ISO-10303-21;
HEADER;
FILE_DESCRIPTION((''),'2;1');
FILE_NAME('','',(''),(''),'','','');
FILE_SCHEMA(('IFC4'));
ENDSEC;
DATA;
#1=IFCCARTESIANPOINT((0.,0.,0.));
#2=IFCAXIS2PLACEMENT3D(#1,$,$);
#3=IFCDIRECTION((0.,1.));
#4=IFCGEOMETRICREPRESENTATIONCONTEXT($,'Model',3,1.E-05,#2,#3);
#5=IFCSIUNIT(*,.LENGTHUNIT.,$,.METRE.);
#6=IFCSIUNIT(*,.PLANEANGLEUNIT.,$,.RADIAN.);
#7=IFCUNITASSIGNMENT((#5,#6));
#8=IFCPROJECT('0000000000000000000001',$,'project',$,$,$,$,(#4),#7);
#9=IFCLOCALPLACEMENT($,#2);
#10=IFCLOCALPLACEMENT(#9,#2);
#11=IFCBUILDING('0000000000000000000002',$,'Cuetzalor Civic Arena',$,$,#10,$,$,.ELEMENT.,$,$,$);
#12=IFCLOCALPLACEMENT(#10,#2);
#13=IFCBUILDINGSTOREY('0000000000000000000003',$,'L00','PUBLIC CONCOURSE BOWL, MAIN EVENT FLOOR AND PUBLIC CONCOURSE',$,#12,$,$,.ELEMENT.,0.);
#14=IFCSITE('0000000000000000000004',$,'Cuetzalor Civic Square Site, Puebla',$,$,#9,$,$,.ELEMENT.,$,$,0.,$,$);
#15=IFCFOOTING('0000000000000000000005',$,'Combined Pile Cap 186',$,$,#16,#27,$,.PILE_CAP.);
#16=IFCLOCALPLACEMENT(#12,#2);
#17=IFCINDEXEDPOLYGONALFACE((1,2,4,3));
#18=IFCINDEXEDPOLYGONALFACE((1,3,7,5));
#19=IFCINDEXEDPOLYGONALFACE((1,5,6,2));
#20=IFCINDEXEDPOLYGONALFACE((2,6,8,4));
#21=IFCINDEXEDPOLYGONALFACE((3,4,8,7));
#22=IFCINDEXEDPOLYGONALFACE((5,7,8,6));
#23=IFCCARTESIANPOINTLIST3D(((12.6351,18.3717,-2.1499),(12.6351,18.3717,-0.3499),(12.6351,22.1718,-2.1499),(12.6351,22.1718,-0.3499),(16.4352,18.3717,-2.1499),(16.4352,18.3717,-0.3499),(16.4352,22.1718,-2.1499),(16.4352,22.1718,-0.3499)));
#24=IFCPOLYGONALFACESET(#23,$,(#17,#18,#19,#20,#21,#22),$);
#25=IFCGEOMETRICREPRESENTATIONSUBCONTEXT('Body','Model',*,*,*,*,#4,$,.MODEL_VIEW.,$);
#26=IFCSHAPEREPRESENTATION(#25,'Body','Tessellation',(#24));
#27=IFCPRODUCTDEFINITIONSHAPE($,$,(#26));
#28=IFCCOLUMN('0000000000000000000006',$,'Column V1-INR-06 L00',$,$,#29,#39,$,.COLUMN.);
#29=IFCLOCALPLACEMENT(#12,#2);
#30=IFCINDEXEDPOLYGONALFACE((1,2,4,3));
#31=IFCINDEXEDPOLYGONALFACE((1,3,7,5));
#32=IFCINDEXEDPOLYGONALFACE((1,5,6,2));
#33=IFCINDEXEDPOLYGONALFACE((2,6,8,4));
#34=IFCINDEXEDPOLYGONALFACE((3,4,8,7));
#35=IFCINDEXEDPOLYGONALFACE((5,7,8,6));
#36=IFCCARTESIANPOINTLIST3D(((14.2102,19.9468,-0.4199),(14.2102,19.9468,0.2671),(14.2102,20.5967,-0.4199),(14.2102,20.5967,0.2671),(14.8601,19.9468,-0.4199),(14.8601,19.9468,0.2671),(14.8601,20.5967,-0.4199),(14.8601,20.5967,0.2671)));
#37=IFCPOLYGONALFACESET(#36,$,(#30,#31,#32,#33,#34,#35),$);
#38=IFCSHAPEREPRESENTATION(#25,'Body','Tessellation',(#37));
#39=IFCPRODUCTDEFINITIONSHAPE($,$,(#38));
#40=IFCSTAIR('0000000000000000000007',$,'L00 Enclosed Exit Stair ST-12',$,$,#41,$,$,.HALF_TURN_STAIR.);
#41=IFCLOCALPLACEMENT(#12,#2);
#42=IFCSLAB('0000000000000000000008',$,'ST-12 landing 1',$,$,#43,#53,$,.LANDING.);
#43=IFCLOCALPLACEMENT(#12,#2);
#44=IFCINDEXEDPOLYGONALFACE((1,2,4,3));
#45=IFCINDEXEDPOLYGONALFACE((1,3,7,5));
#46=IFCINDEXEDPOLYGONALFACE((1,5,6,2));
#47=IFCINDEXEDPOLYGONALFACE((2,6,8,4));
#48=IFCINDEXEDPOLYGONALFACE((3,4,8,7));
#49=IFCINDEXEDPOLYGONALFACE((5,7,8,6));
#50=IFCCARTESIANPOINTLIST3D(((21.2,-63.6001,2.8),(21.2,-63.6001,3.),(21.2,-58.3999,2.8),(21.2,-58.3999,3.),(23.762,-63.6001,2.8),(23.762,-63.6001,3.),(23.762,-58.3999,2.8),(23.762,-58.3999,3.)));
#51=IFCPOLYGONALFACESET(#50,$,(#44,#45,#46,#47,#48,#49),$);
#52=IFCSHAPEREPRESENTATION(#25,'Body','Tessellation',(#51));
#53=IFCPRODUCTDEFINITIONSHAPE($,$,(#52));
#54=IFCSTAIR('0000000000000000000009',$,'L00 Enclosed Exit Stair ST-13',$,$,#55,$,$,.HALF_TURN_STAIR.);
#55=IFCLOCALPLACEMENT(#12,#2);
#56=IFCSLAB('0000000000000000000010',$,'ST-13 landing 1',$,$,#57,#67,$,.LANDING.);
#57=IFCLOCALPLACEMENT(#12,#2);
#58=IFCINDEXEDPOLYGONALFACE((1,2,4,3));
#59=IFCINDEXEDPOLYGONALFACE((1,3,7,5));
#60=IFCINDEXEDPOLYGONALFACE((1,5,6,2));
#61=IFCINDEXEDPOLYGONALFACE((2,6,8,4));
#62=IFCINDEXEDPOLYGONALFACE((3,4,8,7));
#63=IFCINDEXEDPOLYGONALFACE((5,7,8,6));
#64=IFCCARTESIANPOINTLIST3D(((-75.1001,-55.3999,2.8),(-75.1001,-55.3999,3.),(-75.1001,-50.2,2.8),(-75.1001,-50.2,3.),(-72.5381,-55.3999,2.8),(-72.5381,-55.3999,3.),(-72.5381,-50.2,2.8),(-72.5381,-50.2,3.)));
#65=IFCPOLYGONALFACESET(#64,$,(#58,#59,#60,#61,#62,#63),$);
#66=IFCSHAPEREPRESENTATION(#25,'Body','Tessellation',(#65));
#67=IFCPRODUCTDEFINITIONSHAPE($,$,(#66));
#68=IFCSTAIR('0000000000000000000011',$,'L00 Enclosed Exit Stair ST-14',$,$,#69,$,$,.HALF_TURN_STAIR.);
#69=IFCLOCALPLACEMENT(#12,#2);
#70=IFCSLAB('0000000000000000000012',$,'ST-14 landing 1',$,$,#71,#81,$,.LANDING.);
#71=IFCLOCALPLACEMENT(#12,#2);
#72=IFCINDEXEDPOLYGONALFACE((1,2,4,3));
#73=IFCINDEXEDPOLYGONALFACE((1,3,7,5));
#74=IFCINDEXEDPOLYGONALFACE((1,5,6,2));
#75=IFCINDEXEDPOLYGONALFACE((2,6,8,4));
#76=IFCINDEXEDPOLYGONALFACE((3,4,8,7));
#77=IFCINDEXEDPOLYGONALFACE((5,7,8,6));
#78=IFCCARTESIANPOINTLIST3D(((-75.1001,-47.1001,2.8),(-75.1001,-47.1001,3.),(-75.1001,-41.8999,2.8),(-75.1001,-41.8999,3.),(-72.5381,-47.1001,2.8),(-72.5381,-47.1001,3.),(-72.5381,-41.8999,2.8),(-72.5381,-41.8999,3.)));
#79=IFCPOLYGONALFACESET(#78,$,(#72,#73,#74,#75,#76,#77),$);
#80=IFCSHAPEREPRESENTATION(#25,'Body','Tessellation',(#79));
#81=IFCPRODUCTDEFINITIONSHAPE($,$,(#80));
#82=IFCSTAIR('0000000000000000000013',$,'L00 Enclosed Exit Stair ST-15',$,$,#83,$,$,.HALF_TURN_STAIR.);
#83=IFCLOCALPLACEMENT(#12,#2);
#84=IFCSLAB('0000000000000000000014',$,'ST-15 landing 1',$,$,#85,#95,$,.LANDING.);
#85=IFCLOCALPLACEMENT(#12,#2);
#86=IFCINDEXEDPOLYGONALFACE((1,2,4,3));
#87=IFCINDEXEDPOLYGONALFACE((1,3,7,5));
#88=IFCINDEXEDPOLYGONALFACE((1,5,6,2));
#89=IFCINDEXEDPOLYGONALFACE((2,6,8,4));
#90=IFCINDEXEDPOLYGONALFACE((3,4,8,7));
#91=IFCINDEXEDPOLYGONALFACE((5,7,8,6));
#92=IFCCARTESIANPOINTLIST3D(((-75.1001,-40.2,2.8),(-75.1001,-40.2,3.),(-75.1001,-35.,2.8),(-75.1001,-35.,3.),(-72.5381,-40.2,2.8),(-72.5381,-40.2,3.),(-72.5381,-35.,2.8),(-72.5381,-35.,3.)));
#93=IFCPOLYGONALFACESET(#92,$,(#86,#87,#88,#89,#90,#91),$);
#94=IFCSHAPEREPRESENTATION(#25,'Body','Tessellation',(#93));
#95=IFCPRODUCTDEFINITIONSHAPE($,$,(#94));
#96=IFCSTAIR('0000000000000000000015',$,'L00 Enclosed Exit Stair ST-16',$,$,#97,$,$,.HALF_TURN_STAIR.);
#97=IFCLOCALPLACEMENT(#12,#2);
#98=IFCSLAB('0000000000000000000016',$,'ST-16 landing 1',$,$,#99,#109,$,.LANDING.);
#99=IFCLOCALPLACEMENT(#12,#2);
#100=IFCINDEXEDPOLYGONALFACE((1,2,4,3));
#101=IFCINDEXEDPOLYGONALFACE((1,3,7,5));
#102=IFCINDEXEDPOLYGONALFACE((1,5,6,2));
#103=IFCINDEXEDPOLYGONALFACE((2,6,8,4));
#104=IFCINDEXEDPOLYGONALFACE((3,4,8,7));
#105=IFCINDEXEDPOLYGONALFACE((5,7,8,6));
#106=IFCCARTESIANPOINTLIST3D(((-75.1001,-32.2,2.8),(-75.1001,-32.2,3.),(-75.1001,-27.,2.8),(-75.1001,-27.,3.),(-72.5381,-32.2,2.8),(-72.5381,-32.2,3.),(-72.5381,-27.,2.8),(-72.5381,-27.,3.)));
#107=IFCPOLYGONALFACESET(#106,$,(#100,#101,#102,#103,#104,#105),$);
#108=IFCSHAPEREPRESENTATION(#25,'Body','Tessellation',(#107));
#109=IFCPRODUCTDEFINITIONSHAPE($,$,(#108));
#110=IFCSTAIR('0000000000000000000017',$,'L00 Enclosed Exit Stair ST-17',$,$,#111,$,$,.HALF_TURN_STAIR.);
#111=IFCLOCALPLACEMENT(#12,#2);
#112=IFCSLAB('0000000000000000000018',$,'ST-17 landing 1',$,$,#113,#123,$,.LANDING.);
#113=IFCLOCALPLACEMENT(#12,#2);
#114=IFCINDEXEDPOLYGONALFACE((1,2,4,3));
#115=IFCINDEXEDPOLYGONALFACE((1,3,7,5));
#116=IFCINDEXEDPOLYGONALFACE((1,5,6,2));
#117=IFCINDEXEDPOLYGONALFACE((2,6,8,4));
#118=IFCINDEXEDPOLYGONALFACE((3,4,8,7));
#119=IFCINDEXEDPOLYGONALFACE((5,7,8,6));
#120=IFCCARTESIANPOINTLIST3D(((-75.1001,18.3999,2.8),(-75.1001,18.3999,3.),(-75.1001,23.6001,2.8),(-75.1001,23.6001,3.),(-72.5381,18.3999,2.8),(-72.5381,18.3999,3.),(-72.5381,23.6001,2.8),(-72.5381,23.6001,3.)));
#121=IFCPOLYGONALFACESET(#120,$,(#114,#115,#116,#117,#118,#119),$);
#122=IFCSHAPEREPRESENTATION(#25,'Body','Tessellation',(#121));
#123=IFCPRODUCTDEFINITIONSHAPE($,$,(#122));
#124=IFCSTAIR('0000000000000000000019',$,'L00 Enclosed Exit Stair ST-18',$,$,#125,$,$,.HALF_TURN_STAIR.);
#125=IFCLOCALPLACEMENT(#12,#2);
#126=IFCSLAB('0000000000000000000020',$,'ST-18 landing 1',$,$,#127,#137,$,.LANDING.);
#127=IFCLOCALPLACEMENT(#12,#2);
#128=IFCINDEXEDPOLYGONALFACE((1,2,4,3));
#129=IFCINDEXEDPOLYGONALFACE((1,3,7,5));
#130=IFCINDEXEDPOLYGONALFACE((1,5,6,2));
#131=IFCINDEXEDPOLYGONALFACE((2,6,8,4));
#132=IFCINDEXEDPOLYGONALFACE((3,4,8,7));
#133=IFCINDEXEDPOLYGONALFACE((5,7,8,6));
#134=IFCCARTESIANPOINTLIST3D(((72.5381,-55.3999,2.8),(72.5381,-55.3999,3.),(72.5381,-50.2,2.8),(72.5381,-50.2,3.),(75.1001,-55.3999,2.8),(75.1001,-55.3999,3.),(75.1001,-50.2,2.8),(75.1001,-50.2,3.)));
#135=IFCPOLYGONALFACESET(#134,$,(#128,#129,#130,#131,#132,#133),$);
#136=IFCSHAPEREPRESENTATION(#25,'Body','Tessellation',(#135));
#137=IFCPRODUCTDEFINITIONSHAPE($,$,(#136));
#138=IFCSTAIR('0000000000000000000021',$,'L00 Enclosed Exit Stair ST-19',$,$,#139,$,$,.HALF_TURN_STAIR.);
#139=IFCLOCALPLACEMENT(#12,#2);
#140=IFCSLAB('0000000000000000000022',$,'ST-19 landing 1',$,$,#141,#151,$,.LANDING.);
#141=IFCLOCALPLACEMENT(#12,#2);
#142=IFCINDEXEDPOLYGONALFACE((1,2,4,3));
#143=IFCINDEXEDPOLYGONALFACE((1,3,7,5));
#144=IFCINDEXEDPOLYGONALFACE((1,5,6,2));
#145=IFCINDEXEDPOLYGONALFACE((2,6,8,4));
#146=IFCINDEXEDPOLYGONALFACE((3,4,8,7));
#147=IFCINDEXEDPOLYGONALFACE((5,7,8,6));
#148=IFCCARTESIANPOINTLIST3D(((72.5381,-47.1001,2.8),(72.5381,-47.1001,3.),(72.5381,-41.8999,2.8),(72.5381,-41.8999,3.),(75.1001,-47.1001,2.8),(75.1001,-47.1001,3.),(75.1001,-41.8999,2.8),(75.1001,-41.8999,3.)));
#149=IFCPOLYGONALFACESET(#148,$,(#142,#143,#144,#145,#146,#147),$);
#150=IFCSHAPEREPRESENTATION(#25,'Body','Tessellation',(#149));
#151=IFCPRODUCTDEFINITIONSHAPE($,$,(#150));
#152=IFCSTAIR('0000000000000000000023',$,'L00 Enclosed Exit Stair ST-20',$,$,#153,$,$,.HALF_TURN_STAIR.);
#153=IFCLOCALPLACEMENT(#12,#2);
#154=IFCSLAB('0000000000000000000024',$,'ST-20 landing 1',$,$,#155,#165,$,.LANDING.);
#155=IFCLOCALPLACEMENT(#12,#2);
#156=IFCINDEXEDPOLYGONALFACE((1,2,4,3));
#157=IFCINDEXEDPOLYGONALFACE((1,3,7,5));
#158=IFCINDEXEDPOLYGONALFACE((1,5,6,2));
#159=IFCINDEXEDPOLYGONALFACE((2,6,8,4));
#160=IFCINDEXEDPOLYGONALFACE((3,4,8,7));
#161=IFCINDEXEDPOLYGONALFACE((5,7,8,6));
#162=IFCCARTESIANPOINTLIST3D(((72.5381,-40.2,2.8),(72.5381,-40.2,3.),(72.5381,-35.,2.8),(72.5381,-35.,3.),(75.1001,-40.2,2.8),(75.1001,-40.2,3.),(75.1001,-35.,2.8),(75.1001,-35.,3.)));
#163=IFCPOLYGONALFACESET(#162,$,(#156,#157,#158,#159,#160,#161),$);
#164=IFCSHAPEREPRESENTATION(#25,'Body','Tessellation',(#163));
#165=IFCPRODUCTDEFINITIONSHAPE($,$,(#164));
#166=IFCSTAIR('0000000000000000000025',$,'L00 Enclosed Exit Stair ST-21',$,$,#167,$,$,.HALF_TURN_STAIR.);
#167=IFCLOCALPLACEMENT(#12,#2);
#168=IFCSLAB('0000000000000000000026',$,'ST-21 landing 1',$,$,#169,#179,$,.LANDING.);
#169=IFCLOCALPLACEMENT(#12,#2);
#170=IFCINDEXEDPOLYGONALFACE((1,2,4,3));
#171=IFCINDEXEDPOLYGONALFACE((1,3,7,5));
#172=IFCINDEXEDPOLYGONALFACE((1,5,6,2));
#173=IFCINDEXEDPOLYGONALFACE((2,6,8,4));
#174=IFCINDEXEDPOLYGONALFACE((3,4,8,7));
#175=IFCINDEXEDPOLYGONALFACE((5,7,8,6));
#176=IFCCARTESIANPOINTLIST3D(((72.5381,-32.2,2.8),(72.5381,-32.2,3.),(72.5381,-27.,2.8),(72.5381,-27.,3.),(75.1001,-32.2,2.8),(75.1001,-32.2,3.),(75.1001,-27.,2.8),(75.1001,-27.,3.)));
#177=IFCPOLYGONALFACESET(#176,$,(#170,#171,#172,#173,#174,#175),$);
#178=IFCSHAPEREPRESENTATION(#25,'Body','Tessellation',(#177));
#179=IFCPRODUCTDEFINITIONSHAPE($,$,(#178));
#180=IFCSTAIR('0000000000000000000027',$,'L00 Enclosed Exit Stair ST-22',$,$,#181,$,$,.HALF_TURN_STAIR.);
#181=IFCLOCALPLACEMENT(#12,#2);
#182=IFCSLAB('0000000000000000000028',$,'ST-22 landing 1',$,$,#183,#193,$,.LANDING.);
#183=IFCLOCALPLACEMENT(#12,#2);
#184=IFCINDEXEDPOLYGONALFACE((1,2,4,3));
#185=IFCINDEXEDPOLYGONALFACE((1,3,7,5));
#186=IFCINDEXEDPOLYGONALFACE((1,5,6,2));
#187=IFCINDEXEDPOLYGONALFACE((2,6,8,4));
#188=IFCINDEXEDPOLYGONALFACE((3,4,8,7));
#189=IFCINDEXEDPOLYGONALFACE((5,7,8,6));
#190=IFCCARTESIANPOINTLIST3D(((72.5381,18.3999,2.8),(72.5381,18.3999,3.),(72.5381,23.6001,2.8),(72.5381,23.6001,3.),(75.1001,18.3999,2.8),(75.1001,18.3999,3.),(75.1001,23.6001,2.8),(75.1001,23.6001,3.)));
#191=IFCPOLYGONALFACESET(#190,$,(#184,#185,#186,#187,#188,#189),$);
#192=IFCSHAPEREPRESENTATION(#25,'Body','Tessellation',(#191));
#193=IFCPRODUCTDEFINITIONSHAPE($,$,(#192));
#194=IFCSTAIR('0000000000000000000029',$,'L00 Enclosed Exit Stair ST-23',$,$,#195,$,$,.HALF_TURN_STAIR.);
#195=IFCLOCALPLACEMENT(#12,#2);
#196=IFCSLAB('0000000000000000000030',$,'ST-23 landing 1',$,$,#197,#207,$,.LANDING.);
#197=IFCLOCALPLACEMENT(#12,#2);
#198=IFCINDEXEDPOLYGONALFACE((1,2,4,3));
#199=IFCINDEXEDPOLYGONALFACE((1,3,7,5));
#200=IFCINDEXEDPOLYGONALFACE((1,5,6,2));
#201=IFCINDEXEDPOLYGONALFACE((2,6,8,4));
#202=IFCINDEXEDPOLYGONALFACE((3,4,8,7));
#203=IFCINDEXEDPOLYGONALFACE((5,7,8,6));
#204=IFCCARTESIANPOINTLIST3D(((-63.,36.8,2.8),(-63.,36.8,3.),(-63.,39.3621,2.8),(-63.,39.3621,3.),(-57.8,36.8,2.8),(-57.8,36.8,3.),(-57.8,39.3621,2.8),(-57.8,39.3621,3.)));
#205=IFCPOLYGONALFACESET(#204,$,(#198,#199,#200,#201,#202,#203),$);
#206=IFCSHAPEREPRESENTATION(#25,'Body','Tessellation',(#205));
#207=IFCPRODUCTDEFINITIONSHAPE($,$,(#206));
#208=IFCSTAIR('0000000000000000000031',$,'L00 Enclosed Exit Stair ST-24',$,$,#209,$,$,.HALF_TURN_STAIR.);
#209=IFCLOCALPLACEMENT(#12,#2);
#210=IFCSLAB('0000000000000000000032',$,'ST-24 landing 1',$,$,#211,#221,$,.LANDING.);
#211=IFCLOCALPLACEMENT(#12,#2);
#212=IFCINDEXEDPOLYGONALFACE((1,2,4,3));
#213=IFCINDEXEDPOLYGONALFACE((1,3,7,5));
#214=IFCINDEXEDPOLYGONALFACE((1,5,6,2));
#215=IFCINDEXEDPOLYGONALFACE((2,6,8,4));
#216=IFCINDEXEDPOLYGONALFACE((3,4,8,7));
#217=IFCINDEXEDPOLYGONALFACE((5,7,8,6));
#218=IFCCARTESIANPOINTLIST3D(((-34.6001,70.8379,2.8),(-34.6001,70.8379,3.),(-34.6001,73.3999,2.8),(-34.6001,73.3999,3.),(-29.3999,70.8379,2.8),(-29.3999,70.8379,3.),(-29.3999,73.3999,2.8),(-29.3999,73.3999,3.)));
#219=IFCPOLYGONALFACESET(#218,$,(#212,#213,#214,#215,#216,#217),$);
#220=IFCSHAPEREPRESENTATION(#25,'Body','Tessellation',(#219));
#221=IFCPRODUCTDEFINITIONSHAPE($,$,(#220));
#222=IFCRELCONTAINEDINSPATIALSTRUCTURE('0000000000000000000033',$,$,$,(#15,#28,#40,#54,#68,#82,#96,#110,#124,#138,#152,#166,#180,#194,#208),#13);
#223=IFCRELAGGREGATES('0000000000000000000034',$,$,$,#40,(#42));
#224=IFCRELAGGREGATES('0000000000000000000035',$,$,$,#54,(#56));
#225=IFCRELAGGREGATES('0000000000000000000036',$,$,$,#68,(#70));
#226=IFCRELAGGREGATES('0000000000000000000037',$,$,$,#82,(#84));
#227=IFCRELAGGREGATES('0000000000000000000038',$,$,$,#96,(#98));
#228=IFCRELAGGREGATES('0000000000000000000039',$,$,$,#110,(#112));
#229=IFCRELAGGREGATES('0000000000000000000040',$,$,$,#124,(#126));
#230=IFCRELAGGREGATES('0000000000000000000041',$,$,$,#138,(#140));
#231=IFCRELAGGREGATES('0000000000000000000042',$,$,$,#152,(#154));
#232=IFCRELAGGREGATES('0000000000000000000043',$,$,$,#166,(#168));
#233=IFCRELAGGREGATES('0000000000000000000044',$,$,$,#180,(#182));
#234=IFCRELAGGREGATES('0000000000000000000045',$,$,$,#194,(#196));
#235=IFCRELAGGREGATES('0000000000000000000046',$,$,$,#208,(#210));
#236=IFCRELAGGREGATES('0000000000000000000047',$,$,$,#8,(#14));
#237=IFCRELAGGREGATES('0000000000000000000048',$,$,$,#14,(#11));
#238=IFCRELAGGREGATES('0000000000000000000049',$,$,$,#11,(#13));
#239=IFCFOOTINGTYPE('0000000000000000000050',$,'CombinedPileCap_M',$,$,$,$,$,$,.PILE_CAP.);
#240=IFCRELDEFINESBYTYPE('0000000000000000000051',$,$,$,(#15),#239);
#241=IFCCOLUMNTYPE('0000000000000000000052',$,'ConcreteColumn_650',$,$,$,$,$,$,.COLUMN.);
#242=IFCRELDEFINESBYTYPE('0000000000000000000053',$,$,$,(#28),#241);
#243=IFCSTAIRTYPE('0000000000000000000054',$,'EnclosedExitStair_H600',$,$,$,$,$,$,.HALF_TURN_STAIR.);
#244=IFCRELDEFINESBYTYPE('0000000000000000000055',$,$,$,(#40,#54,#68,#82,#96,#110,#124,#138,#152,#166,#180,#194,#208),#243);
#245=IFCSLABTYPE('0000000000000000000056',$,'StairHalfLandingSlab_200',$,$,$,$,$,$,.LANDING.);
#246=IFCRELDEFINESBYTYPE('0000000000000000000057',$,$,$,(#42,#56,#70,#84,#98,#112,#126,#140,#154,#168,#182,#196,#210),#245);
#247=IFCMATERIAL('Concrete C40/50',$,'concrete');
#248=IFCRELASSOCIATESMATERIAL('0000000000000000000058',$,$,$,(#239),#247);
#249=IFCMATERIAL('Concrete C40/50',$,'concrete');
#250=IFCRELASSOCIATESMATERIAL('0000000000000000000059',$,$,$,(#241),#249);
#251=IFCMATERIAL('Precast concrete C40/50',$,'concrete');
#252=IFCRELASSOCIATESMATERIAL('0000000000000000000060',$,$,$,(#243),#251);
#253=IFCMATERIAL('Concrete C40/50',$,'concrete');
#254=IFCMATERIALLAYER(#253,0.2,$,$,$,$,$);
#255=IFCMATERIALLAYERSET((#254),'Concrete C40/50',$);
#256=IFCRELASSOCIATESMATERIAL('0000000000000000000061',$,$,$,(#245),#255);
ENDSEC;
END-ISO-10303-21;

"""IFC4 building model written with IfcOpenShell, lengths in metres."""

from ifc_helpers import new_model, si_unit, direction, frame, origin, origin_2d, place, context, subcontext, project, spatial, polyline, rectangle, outline, extrude, material, layer, layer_set, material_profile, profile_set, type_object, element, aggregate, save


model = new_model("IFC4")

# Units and contexts
model_context = context("Model", 3, precision=1e-05, world=origin(), true_north=direction((0.0, 1.0)))
body_context = subcontext(model_context, "Body", "Model", "MODEL_VIEW")
ifc_project = project(units=[si_unit("LENGTHUNIT", "METRE"), si_unit("PLANEANGLEUNIT", "RADIAN")], contexts=[model_context])

# Site, building, storey
site_placement = place(None, origin())
site = spatial("IfcSite", under=ifc_project, at=site_placement, Name="Cuetzalor Civic Square Site, Puebla", CompositionType="ELEMENT", RefElevation=0.0)
building_placement = place(site_placement, origin())
building = spatial("IfcBuilding", under=site, at=building_placement, Name="Cuetzalor Civic Arena", CompositionType="ELEMENT")
storey_placement = place(building_placement, origin())
storey = spatial("IfcBuildingStorey", under=building, at=storey_placement, Name="L00", Description="PUBLIC CONCOURSE BOWL, MAIN EVENT FLOOR AND PUBLIC CONCOURSE", CompositionType="ELEMENT", Elevation=0.0)

# Footing
ifc_material_1 = material(Name="Concrete C40/50", Category="concrete")
footing_type = type_object("IfcFootingType", Name="CombinedPileCap_M", PredefinedType="PILE_CAP", material=ifc_material_1)
footing_placement = place(storey_placement, frame((14.5352, 20.2717, -2.1499), z_axis=(0.0, 0.0, 1.0), x_axis=(1.0, 0.0, 0.0)))
element("IfcFooting", 1, at=footing_placement, inside=storey, type_object=footing_type, Name="Combined Pile Cap 186", PredefinedType="PILE_CAP", context=body_context, shape_type="SweptSolid", body=[
    extrude(rectangle(XDim=3.8, YDim=3.8, at=origin_2d()), origin(), (0.0, 0.0, 1.0), 1.8),
])

# Column
ifc_material_2 = material(Name="Concrete C40/50", Category="concrete")
ifc_material_profile = material_profile(ifc_material_2, rectangle(XDim=0.6499, YDim=0.6499, at=origin_2d()), Name="RC 650x650")
ifc_profile_set = profile_set([ifc_material_profile], Name="Concrete C40/50")
column_type = type_object("IfcColumnType", Name="ConcreteColumn_650", PredefinedType="COLUMN", material=ifc_profile_set)
column_placement = place(storey_placement, frame((14.5352, 20.2717, -0.4199), z_axis=(0.0, 0.0, 1.0), x_axis=(1.0, 0.0, 0.0)))
element("IfcColumn", 2, at=column_placement, inside=storey, type_object=column_type, Name="Column V1-INR-06 L00", PredefinedType="COLUMN", context=body_context, shape_type="SweptSolid", body=[
    extrude(rectangle(XDim=0.6499, YDim=0.6499, at=origin_2d()), origin(), (0.0, 0.0, 1.0), 0.687),
])

# Stairs, slabs
ifc_material_3 = material(Name="Precast concrete C40/50", Category="concrete")
stair_type_1 = type_object("IfcStairType", Name="EnclosedExitStair_H600", PredefinedType="HALF_TURN_STAIR", material=ifc_material_3)
stair_1_placement = place(storey_placement, origin())
stair_1 = element("IfcStair", 3, at=stair_1_placement, inside=storey, type_object=stair_type_1, Name="L00 Enclosed Exit Stair ST-12", PredefinedType="HALF_TURN_STAIR")
ifc_material_4 = material(Name="Concrete C40/50", Category="concrete")
ifc_layer_1 = layer(ifc_material_4, 0.2)
ifc_layer_set_1 = layer_set([ifc_layer_1], Name="Concrete C40/50")
slab_type = type_object("IfcSlabType", Name="StairHalfLandingSlab_200", PredefinedType="LANDING", material=ifc_layer_set_1)
slab_1_placement = place(storey_placement, frame((0.0, 0.0, 2.8)))
slab_1 = element("IfcSlab", 4, at=slab_1_placement, type_object=slab_type, Name="ST-12 landing 1", PredefinedType="LANDING", context=body_context, shape_type="SweptSolid", body=[
    extrude(outline(polyline([(23.762, -58.3999), (21.2, -58.3999), (21.2, -63.6001), (23.762, -63.6001), (23.762, -58.3999)])), origin(), (0.0, 0.0, 1.0), 0.2),
])
aggregate(stair_1, [slab_1])
stair_2_placement = place(storey_placement, origin())
stair_2 = element("IfcStair", 5, at=stair_2_placement, inside=storey, type_object=stair_type_1, Name="L00 Enclosed Exit Stair ST-13", PredefinedType="HALF_TURN_STAIR")
slab_2_placement = place(storey_placement, frame((0.0, 0.0, 2.8)))
slab_2 = element("IfcSlab", 6, at=slab_2_placement, type_object=slab_type, Name="ST-13 landing 1", PredefinedType="LANDING", context=body_context, shape_type="SweptSolid", body=[
    extrude(outline(polyline([(-72.5381, -50.2), (-75.1001, -50.2), (-75.1001, -55.3999), (-72.5381, -55.3999), (-72.5381, -50.2)])), origin(), (0.0, 0.0, 1.0), 0.2),
])
aggregate(stair_2, [slab_2])
stair_3_placement = place(storey_placement, origin())
stair_3 = element("IfcStair", 7, at=stair_3_placement, inside=storey, type_object=stair_type_1, Name="L00 Enclosed Exit Stair ST-14", PredefinedType="HALF_TURN_STAIR")
slab_3_placement = place(storey_placement, frame((0.0, 0.0, 2.8)))
slab_3 = element("IfcSlab", 8, at=slab_3_placement, type_object=slab_type, Name="ST-14 landing 1", PredefinedType="LANDING", context=body_context, shape_type="SweptSolid", body=[
    extrude(outline(polyline([(-72.5381, -41.8999), (-75.1001, -41.8999), (-75.1001, -47.1001), (-72.5381, -47.1001), (-72.5381, -41.8999)])), origin(), (0.0, 0.0, 1.0), 0.2),
])
aggregate(stair_3, [slab_3])
stair_4_placement = place(storey_placement, origin())
stair_4 = element("IfcStair", 9, at=stair_4_placement, inside=storey, type_object=stair_type_1, Name="L00 Enclosed Exit Stair ST-15", PredefinedType="HALF_TURN_STAIR")
slab_4_placement = place(storey_placement, frame((0.0, 0.0, 2.8)))
slab_4 = element("IfcSlab", 10, at=slab_4_placement, type_object=slab_type, Name="ST-15 landing 1", PredefinedType="LANDING", context=body_context, shape_type="SweptSolid", body=[
    extrude(outline(polyline([(-72.5381, -35.0), (-75.1001, -35.0), (-75.1001, -40.2), (-72.5381, -40.2), (-72.5381, -35.0)])), origin(), (0.0, 0.0, 1.0), 0.2),
])
aggregate(stair_4, [slab_4])
stair_5_placement = place(storey_placement, origin())
stair_5 = element("IfcStair", 11, at=stair_5_placement, inside=storey, type_object=stair_type_1, Name="L00 Enclosed Exit Stair ST-16", PredefinedType="HALF_TURN_STAIR")
slab_5_placement = place(storey_placement, frame((0.0, 0.0, 2.8)))
slab_5 = element("IfcSlab", 12, at=slab_5_placement, type_object=slab_type, Name="ST-16 landing 1", PredefinedType="LANDING", context=body_context, shape_type="SweptSolid", body=[
    extrude(outline(polyline([(-72.5381, -27.0), (-75.1001, -27.0), (-75.1001, -32.2), (-72.5381, -32.2), (-72.5381, -27.0)])), origin(), (0.0, 0.0, 1.0), 0.2),
])
aggregate(stair_5, [slab_5])
stair_6_placement = place(storey_placement, origin())
stair_6 = element("IfcStair", 13, at=stair_6_placement, inside=storey, type_object=stair_type_1, Name="L00 Enclosed Exit Stair ST-17", PredefinedType="HALF_TURN_STAIR")
slab_6_placement = place(storey_placement, frame((0.0, 0.0, 2.8)))
slab_6 = element("IfcSlab", 14, at=slab_6_placement, type_object=slab_type, Name="ST-17 landing 1", PredefinedType="LANDING", context=body_context, shape_type="SweptSolid", body=[
    extrude(outline(polyline([(-72.5381, 23.6001), (-75.1001, 23.6001), (-75.1001, 18.3999), (-72.5381, 18.3999), (-72.5381, 23.6001)])), origin(), (0.0, 0.0, 1.0), 0.2),
])
aggregate(stair_6, [slab_6])
stair_7_placement = place(storey_placement, origin())
stair_7 = element("IfcStair", 15, at=stair_7_placement, inside=storey, type_object=stair_type_1, Name="L00 Enclosed Exit Stair ST-18", PredefinedType="HALF_TURN_STAIR")
slab_7_placement = place(storey_placement, frame((0.0, 0.0, 2.8)))
slab_7 = element("IfcSlab", 16, at=slab_7_placement, type_object=slab_type, Name="ST-18 landing 1", PredefinedType="LANDING", context=body_context, shape_type="SweptSolid", body=[
    extrude(outline(polyline([(72.5381, -55.3999), (75.1001, -55.3999), (75.1001, -50.2), (72.5381, -50.2), (72.5381, -55.3999)])), origin(), (0.0, 0.0, 1.0), 0.2),
])
aggregate(stair_7, [slab_7])
stair_8_placement = place(storey_placement, origin())
stair_8 = element("IfcStair", 17, at=stair_8_placement, inside=storey, type_object=stair_type_1, Name="L00 Enclosed Exit Stair ST-19", PredefinedType="HALF_TURN_STAIR")
slab_8_placement = place(storey_placement, frame((0.0, 0.0, 2.8)))
slab_8 = element("IfcSlab", 18, at=slab_8_placement, type_object=slab_type, Name="ST-19 landing 1", PredefinedType="LANDING", context=body_context, shape_type="SweptSolid", body=[
    extrude(outline(polyline([(72.5381, -47.1001), (75.1001, -47.1001), (75.1001, -41.8999), (72.5381, -41.8999), (72.5381, -47.1001)])), origin(), (0.0, 0.0, 1.0), 0.2),
])
aggregate(stair_8, [slab_8])
stair_9_placement = place(storey_placement, origin())
stair_9 = element("IfcStair", 19, at=stair_9_placement, inside=storey, type_object=stair_type_1, Name="L00 Enclosed Exit Stair ST-20", PredefinedType="HALF_TURN_STAIR")
slab_9_placement = place(storey_placement, frame((0.0, 0.0, 2.8)))
slab_9 = element("IfcSlab", 20, at=slab_9_placement, type_object=slab_type, Name="ST-20 landing 1", PredefinedType="LANDING", context=body_context, shape_type="SweptSolid", body=[
    extrude(outline(polyline([(72.5381, -40.2), (75.1001, -40.2), (75.1001, -35.0), (72.5381, -35.0), (72.5381, -40.2)])), origin(), (0.0, 0.0, 1.0), 0.2),
])
aggregate(stair_9, [slab_9])
stair_10_placement = place(storey_placement, origin())
stair_10 = element("IfcStair", 21, at=stair_10_placement, inside=storey, type_object=stair_type_1, Name="L00 Enclosed Exit Stair ST-21", PredefinedType="HALF_TURN_STAIR")
slab_10_placement = place(storey_placement, frame((0.0, 0.0, 2.8)))
slab_10 = element("IfcSlab", 22, at=slab_10_placement, type_object=slab_type, Name="ST-21 landing 1", PredefinedType="LANDING", context=body_context, shape_type="SweptSolid", body=[
    extrude(outline(polyline([(72.5381, -32.2), (75.1001, -32.2), (75.1001, -27.0), (72.5381, -27.0), (72.5381, -32.2)])), origin(), (0.0, 0.0, 1.0), 0.2),
])
aggregate(stair_10, [slab_10])
stair_11_placement = place(storey_placement, origin())
stair_11 = element("IfcStair", 23, at=stair_11_placement, inside=storey, type_object=stair_type_1, Name="L00 Enclosed Exit Stair ST-22", PredefinedType="HALF_TURN_STAIR")
slab_11_placement = place(storey_placement, frame((0.0, 0.0, 2.8)))
slab_11 = element("IfcSlab", 24, at=slab_11_placement, type_object=slab_type, Name="ST-22 landing 1", PredefinedType="LANDING", context=body_context, shape_type="SweptSolid", body=[
    extrude(outline(polyline([(72.5381, 18.3999), (75.1001, 18.3999), (75.1001, 23.6001), (72.5381, 23.6001), (72.5381, 18.3999)])), origin(), (0.0, 0.0, 1.0), 0.2),
])
aggregate(stair_11, [slab_11])
stair_12_placement = place(storey_placement, origin())
stair_12 = element("IfcStair", 25, at=stair_12_placement, inside=storey, type_object=stair_type_1, Name="L00 Enclosed Exit Stair ST-23", PredefinedType="HALF_TURN_STAIR")
slab_12_placement = place(storey_placement, frame((0.0, 0.0, 2.8)))
slab_12 = element("IfcSlab", 26, at=slab_12_placement, type_object=slab_type, Name="ST-23 landing 1", PredefinedType="LANDING", context=body_context, shape_type="SweptSolid", body=[
    extrude(outline(polyline([(-63.0, 39.3621), (-63.0, 36.8), (-57.8, 36.8), (-57.8, 39.3621), (-63.0, 39.3621)])), origin(), (0.0, 0.0, 1.0), 0.2),
])
aggregate(stair_12, [slab_12])
stair_13_placement = place(storey_placement, origin())
stair_13 = element("IfcStair", 27, at=stair_13_placement, inside=storey, type_object=stair_type_1, Name="L00 Enclosed Exit Stair ST-24", PredefinedType="HALF_TURN_STAIR")
slab_13_placement = place(storey_placement, frame((0.0, 0.0, 2.8)))
slab_13 = element("IfcSlab", 28, at=slab_13_placement, type_object=slab_type, Name="ST-24 landing 1", PredefinedType="LANDING", context=body_context, shape_type="SweptSolid", body=[
    extrude(outline(polyline([(-29.3999, 70.8379), (-29.3999, 73.3999), (-34.6001, 73.3999), (-34.6001, 70.8379), (-29.3999, 70.8379)])), origin(), (0.0, 0.0, 1.0), 0.2),
])
aggregate(stair_13, [slab_13])

save(model, "model.ifc")
